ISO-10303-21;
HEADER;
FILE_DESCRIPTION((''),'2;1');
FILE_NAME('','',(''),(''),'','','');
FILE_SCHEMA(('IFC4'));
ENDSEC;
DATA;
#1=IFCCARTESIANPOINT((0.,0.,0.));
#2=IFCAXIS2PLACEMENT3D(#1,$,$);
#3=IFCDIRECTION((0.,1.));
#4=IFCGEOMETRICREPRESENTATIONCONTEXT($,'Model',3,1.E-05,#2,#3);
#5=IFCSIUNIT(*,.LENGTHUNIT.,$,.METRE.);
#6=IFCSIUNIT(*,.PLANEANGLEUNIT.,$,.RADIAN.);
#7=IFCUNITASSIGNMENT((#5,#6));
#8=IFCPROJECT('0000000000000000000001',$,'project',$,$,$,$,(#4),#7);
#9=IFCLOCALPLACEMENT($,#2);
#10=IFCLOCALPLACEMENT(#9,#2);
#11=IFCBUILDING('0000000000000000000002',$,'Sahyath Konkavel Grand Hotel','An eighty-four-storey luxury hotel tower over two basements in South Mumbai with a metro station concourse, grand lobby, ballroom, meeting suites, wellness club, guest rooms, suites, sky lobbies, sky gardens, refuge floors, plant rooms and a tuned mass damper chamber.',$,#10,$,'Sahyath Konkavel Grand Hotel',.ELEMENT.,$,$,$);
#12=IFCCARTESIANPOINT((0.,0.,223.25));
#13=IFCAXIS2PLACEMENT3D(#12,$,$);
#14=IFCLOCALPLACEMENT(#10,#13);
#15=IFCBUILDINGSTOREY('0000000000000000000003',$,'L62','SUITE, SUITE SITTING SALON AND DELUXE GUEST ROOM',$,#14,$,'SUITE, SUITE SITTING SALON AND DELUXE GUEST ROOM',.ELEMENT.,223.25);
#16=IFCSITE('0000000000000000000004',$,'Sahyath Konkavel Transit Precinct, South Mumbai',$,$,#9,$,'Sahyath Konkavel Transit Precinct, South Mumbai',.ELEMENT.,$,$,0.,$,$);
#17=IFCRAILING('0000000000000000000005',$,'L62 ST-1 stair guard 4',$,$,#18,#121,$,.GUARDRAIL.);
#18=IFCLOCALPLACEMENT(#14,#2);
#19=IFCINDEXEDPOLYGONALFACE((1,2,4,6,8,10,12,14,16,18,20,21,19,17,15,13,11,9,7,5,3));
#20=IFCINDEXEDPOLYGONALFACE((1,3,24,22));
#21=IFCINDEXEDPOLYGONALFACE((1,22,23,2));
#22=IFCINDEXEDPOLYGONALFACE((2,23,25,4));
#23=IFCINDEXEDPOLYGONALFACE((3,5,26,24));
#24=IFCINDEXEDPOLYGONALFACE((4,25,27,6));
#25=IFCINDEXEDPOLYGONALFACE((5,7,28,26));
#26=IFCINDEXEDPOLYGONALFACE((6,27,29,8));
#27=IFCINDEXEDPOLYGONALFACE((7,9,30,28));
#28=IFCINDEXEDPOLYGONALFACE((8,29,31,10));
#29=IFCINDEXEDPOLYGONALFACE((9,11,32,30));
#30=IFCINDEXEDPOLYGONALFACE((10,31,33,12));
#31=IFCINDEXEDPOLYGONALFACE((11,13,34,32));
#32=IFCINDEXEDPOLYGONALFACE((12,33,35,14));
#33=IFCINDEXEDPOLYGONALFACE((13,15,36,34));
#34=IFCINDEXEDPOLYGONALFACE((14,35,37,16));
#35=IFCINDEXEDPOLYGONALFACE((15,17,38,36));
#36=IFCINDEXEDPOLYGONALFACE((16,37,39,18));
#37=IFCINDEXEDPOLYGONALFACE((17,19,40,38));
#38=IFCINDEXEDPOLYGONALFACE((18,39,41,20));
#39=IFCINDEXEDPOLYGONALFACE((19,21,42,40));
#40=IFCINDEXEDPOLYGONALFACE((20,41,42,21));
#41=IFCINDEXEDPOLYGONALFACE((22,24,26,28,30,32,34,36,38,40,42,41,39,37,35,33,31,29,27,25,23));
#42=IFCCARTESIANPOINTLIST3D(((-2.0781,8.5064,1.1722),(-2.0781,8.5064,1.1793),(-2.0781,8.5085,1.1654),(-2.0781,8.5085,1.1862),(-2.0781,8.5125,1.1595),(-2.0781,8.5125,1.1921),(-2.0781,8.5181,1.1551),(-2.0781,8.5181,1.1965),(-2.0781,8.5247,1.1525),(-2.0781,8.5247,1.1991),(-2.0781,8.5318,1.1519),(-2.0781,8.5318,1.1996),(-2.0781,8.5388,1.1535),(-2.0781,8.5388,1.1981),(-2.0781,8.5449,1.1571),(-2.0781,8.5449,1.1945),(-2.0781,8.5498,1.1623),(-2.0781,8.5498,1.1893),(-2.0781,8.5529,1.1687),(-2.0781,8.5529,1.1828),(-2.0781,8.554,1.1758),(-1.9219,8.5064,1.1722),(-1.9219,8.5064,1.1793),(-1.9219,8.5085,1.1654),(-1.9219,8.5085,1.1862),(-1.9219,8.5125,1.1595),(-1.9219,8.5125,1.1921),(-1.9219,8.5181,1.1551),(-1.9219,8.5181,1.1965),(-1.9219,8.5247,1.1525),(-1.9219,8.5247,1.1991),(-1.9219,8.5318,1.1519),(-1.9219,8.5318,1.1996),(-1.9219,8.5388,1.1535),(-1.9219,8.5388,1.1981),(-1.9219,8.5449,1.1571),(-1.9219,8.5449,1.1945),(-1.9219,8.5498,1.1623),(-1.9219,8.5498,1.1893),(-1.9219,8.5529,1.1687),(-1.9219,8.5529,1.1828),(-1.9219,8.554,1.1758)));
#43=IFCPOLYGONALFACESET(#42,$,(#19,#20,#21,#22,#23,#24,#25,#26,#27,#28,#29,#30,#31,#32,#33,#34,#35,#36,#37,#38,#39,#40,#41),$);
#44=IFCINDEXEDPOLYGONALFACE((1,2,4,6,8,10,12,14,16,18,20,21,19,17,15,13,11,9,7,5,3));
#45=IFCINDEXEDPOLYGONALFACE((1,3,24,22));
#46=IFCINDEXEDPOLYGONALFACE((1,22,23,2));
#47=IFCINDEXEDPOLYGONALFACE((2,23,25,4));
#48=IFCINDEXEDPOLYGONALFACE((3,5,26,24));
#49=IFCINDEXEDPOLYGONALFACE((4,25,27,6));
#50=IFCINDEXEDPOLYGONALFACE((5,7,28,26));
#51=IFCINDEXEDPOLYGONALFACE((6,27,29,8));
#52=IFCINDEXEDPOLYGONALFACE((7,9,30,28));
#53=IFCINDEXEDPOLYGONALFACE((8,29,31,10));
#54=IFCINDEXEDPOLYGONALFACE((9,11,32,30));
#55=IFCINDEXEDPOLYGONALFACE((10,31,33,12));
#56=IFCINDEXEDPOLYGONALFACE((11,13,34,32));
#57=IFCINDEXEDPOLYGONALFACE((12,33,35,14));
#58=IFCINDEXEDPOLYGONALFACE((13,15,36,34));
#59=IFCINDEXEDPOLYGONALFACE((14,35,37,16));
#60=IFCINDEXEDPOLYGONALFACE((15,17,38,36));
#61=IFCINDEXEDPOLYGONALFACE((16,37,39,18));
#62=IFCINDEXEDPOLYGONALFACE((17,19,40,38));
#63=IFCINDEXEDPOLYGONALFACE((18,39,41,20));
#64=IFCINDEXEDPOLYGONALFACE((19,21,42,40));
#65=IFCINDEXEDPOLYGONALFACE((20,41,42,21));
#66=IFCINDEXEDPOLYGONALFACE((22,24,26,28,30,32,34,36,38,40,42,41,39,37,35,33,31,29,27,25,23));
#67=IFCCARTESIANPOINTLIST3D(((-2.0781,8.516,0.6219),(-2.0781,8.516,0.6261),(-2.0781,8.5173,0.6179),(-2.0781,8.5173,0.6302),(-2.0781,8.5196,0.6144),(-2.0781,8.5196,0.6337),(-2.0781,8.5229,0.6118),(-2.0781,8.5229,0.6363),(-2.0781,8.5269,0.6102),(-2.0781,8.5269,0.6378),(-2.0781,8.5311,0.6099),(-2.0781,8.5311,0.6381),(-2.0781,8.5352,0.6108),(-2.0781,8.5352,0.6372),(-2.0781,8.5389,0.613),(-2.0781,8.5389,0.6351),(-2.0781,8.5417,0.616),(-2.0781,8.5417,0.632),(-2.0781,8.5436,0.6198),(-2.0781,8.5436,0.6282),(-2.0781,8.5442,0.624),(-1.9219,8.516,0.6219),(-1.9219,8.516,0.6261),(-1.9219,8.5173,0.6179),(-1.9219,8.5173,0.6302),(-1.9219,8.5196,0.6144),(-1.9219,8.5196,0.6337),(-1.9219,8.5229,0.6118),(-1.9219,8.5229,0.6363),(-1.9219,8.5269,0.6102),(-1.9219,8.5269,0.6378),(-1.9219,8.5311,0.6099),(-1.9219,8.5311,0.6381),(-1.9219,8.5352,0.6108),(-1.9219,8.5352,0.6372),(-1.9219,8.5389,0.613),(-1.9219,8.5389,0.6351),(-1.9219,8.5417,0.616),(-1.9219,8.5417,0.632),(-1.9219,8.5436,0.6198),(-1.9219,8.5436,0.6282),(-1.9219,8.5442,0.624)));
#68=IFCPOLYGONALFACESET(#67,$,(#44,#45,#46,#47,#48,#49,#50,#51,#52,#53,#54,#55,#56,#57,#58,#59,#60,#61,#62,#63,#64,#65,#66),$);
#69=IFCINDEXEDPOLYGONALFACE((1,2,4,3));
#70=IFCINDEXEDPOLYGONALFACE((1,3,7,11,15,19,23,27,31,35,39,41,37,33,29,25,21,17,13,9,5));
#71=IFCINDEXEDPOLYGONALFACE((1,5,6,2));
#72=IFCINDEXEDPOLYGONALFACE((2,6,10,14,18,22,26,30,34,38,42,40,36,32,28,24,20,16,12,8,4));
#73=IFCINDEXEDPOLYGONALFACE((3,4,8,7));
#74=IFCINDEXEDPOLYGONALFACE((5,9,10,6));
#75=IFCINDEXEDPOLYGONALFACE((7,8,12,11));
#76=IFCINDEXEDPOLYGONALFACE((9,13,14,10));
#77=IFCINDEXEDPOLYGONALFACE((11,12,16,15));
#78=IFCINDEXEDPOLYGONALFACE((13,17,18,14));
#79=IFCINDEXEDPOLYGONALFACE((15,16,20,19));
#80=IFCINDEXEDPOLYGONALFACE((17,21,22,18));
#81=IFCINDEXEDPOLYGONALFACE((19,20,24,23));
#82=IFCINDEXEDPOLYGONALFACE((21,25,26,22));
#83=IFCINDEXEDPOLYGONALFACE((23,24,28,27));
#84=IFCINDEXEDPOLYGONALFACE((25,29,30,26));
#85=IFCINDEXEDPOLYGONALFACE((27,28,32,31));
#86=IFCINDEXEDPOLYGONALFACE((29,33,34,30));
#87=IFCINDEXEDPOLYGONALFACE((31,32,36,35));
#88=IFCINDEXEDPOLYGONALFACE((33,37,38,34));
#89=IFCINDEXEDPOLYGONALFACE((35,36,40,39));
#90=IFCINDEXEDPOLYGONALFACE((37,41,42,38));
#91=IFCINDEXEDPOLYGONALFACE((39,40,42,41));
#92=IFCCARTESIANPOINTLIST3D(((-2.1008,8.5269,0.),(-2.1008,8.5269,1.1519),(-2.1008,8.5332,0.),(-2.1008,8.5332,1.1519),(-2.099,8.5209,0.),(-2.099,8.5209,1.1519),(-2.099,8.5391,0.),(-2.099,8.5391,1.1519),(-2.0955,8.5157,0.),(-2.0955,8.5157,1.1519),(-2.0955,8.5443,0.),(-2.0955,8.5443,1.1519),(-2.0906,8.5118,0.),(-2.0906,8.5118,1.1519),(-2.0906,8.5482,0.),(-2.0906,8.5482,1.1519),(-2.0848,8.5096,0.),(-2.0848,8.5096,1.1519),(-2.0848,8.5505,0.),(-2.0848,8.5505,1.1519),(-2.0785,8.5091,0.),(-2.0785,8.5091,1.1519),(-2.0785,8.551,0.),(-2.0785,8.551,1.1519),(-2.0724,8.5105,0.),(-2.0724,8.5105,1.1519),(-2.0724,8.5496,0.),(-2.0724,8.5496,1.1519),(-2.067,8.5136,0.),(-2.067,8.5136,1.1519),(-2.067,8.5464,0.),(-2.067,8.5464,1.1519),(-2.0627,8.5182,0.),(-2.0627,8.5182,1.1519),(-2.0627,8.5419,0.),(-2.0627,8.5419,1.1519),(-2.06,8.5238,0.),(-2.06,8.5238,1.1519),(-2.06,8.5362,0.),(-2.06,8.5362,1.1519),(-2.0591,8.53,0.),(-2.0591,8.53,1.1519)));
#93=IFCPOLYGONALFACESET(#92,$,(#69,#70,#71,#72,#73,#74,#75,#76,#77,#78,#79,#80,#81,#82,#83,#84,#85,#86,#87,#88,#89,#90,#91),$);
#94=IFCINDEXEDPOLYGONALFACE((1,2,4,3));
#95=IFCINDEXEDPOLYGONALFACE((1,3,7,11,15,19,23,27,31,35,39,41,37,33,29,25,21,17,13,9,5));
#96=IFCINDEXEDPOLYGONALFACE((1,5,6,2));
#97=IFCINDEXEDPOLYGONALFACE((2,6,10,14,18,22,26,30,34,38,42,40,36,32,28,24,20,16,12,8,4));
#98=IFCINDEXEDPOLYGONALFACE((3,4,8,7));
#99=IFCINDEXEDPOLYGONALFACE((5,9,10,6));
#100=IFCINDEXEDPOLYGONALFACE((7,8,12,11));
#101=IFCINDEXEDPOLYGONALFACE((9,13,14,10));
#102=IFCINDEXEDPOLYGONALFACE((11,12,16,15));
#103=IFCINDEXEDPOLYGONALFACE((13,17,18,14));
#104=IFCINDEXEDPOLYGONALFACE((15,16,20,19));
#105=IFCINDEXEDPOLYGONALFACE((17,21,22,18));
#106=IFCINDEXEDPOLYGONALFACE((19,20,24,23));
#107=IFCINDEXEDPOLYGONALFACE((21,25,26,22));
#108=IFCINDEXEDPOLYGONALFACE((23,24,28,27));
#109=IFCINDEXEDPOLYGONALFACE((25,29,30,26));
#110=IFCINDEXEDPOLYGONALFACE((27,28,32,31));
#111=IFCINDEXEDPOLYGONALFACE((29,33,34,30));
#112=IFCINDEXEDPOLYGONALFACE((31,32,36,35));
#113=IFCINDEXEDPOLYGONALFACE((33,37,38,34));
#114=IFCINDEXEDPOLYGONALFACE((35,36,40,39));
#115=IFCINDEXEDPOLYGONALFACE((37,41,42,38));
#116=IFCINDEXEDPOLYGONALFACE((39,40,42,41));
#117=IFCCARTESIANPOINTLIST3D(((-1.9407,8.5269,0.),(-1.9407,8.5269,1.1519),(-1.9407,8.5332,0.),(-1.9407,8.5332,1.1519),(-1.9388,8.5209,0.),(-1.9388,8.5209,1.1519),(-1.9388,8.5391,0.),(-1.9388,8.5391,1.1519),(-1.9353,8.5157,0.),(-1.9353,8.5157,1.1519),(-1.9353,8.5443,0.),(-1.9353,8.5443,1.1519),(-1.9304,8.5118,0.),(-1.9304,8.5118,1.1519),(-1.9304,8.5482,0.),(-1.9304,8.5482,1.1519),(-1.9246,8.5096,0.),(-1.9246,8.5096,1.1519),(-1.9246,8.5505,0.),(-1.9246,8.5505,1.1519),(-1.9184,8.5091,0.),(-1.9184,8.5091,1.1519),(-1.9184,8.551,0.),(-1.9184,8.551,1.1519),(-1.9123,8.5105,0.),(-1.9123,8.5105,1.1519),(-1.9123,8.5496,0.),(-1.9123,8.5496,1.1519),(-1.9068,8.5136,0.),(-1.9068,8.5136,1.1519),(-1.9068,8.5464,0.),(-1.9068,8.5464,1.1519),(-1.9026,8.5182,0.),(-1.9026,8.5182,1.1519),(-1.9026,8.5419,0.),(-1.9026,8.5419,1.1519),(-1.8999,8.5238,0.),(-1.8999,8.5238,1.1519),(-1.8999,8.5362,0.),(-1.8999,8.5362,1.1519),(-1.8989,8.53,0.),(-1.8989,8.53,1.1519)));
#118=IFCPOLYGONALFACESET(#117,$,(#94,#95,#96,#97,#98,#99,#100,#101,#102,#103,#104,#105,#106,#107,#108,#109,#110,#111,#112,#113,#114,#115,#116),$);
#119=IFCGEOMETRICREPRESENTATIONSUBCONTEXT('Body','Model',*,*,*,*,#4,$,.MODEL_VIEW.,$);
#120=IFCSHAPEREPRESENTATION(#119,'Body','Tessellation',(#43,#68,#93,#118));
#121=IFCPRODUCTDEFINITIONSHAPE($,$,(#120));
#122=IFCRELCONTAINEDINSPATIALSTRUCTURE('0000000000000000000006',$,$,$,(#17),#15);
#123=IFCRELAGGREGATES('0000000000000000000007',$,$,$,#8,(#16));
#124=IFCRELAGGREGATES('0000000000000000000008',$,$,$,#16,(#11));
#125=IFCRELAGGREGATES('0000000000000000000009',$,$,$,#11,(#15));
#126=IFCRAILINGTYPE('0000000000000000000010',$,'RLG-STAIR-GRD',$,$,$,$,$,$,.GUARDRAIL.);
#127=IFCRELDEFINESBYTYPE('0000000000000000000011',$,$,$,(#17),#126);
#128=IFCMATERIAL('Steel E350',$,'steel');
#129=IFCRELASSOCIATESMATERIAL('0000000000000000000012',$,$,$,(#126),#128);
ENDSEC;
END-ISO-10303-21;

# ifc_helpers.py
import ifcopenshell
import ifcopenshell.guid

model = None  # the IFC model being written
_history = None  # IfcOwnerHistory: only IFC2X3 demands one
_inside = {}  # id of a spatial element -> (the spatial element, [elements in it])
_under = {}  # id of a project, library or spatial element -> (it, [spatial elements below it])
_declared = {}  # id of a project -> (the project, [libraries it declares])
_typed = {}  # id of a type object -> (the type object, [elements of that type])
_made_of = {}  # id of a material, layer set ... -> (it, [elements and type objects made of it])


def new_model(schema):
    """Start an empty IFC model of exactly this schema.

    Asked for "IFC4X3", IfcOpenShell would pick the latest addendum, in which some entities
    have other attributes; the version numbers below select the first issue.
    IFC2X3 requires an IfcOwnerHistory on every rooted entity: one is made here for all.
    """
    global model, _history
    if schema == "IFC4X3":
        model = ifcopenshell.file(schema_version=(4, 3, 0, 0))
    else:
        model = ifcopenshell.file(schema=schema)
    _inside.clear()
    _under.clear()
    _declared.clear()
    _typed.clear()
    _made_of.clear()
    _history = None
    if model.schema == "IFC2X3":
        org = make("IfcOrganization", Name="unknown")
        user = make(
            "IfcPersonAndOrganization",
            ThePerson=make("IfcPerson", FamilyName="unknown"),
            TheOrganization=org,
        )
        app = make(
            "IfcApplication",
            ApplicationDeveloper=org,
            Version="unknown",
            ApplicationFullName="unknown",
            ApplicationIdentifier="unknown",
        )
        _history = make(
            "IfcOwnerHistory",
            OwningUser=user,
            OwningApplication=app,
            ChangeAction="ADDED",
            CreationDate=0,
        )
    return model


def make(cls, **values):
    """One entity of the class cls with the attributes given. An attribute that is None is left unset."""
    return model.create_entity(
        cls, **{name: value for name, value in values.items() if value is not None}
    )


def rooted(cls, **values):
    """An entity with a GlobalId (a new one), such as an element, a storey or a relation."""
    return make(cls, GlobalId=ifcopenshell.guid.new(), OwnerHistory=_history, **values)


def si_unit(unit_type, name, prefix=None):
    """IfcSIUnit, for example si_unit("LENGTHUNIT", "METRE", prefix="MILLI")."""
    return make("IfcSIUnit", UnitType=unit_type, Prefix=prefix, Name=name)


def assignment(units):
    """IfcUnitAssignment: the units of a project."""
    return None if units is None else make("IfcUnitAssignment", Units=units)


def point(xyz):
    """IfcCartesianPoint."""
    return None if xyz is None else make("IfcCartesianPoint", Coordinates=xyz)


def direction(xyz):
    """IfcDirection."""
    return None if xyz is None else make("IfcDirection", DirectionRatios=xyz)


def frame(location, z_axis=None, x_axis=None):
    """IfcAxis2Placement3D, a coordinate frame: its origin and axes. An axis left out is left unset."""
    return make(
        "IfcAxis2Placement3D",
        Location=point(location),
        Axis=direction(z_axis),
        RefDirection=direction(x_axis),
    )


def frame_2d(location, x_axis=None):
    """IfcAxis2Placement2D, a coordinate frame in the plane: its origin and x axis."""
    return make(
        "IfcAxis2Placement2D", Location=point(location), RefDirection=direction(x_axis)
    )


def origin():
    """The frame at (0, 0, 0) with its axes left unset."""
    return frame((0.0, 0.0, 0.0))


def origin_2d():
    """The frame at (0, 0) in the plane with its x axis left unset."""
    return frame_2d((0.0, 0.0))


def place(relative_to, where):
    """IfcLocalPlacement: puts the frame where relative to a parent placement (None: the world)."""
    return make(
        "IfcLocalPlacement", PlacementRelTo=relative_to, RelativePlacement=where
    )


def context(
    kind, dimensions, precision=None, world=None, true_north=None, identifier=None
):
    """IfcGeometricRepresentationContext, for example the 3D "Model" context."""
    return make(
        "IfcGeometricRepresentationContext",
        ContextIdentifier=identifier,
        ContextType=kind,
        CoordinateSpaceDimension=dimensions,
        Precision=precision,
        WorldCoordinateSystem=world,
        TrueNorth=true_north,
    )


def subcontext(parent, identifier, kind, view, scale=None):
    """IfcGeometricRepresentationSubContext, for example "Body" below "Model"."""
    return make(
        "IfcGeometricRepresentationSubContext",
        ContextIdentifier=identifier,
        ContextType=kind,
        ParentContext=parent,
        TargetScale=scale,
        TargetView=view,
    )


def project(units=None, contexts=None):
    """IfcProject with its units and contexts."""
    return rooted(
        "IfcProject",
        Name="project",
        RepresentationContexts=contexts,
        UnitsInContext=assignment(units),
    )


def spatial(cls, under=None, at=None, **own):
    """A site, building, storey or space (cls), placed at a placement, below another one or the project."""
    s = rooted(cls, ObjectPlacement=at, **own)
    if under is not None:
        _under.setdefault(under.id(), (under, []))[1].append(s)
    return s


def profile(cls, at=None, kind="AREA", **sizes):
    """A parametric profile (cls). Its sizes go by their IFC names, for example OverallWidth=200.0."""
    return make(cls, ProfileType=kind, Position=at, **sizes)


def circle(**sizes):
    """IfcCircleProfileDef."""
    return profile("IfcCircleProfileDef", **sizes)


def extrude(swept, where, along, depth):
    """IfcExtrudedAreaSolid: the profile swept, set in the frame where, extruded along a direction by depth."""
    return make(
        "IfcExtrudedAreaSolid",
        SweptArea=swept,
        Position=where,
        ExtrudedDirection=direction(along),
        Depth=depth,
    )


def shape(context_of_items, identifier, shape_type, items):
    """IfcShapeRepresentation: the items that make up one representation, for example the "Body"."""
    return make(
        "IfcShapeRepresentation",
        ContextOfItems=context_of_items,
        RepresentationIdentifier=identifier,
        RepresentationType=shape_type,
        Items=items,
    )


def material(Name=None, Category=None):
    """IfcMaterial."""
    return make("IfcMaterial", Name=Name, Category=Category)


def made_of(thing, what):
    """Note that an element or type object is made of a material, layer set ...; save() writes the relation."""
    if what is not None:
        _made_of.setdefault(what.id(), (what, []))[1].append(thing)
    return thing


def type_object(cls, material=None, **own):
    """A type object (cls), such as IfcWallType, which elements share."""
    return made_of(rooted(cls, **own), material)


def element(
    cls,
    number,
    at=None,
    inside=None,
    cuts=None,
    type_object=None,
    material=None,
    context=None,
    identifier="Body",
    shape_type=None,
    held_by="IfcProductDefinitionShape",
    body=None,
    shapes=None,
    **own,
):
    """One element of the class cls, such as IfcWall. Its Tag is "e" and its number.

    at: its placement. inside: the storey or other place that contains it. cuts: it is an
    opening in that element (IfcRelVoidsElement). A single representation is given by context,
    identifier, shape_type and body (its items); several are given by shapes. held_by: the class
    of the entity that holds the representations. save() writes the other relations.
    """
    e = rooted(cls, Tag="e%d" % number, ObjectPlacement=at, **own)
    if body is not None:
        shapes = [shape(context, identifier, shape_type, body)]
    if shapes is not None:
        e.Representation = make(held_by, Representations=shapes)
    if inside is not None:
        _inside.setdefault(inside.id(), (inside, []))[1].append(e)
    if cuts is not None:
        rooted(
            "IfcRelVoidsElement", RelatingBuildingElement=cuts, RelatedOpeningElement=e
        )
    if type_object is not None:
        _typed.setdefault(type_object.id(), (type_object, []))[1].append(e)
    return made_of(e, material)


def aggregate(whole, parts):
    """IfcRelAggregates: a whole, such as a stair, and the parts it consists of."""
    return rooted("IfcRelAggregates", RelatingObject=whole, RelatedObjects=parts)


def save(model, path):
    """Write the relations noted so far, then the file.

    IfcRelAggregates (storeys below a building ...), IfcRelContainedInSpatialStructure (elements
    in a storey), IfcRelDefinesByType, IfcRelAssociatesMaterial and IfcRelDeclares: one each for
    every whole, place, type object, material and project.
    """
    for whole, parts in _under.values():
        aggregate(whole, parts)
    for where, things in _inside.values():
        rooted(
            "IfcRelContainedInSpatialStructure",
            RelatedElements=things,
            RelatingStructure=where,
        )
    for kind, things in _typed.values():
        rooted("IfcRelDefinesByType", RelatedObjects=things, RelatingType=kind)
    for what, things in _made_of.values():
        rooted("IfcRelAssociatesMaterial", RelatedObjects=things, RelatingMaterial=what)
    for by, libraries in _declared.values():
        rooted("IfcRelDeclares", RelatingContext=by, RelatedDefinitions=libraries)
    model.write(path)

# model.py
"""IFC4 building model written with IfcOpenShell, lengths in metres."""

from ifc_helpers import new_model, si_unit, direction, frame, origin, origin_2d, place, context, subcontext, project, spatial, circle, extrude, material, type_object, element, save


model = new_model("IFC4")

# Units and contexts
model_context = context("Model", 3, precision=1e-05, world=origin(), true_north=direction((0.0, 1.0)))
body_context = subcontext(model_context, "Body", "Model", "MODEL_VIEW")
ifc_project = project(units=[si_unit("LENGTHUNIT", "METRE"), si_unit("PLANEANGLEUNIT", "RADIAN")], contexts=[model_context])

# Site, building, storey
site_placement = place(None, origin())
site = spatial("IfcSite", under=ifc_project, at=site_placement, Name="Sahyath Konkavel Transit Precinct, South Mumbai", LongName="Sahyath Konkavel Transit Precinct, South Mumbai", CompositionType="ELEMENT", RefElevation=0.0)
building_placement = place(site_placement, origin())
building = spatial("IfcBuilding", under=site, at=building_placement, Name="Sahyath Konkavel Grand Hotel", Description="An eighty-four-storey luxury hotel tower over two basements in South Mumbai with a metro station concourse, grand lobby, ballroom, meeting suites, wellness club, guest rooms, suites, sky lobbies, sky gardens, refuge floors, plant rooms and a tuned mass damper chamber.", LongName="Sahyath Konkavel Grand Hotel", CompositionType="ELEMENT")
storey_placement = place(building_placement, frame((0.0, 0.0, 223.25)))
storey = spatial("IfcBuildingStorey", under=building, at=storey_placement, Name="L62", Description="SUITE, SUITE SITTING SALON AND DELUXE GUEST ROOM", LongName="SUITE, SUITE SITTING SALON AND DELUXE GUEST ROOM", CompositionType="ELEMENT", Elevation=223.25)

# Shared definitions
ifc_material_1 = material(Name="Steel E350", Category="steel")

# Railing
railing_type_1 = type_object("IfcRailingType", Name="RLG-STAIR-GRD", PredefinedType="GUARDRAIL", material=ifc_material_1)
railing_1_placement = place(storey_placement, frame((-2.0801, 8.53, 0.0)))
element("IfcRailing", 1, at=railing_1_placement, inside=storey, type_object=railing_type_1, Name="L62 ST-1 stair guard 4", PredefinedType="GUARDRAIL", context=body_context, shape_type="SweptSolid", body=[
    extrude(circle(Radius=0.0239, at=origin_2d()), frame((0.002, 0.0, 1.1758), z_axis=(1.0, 0.0, 0.0), x_axis=(0.0, 1.0, 0.0)), (0.0, 0.0, 1.0), 0.1562),
    extrude(circle(Radius=0.0142, at=origin_2d()), frame((0.002, 0.0, 0.624), z_axis=(1.0, 0.0, 0.0), x_axis=(0.0, 1.0, 0.0)), (0.0, 0.0, 1.0), 0.1562),
    extrude(circle(Radius=0.021, at=origin_2d()), origin(), (0.0, 0.0, 1.0), 1.1519),
    extrude(circle(Radius=0.021, at=origin_2d()), frame((0.1602, 0.0, 0.0)), (0.0, 0.0, 1.0), 1.1519),
])

save(model, "model.ifc")
